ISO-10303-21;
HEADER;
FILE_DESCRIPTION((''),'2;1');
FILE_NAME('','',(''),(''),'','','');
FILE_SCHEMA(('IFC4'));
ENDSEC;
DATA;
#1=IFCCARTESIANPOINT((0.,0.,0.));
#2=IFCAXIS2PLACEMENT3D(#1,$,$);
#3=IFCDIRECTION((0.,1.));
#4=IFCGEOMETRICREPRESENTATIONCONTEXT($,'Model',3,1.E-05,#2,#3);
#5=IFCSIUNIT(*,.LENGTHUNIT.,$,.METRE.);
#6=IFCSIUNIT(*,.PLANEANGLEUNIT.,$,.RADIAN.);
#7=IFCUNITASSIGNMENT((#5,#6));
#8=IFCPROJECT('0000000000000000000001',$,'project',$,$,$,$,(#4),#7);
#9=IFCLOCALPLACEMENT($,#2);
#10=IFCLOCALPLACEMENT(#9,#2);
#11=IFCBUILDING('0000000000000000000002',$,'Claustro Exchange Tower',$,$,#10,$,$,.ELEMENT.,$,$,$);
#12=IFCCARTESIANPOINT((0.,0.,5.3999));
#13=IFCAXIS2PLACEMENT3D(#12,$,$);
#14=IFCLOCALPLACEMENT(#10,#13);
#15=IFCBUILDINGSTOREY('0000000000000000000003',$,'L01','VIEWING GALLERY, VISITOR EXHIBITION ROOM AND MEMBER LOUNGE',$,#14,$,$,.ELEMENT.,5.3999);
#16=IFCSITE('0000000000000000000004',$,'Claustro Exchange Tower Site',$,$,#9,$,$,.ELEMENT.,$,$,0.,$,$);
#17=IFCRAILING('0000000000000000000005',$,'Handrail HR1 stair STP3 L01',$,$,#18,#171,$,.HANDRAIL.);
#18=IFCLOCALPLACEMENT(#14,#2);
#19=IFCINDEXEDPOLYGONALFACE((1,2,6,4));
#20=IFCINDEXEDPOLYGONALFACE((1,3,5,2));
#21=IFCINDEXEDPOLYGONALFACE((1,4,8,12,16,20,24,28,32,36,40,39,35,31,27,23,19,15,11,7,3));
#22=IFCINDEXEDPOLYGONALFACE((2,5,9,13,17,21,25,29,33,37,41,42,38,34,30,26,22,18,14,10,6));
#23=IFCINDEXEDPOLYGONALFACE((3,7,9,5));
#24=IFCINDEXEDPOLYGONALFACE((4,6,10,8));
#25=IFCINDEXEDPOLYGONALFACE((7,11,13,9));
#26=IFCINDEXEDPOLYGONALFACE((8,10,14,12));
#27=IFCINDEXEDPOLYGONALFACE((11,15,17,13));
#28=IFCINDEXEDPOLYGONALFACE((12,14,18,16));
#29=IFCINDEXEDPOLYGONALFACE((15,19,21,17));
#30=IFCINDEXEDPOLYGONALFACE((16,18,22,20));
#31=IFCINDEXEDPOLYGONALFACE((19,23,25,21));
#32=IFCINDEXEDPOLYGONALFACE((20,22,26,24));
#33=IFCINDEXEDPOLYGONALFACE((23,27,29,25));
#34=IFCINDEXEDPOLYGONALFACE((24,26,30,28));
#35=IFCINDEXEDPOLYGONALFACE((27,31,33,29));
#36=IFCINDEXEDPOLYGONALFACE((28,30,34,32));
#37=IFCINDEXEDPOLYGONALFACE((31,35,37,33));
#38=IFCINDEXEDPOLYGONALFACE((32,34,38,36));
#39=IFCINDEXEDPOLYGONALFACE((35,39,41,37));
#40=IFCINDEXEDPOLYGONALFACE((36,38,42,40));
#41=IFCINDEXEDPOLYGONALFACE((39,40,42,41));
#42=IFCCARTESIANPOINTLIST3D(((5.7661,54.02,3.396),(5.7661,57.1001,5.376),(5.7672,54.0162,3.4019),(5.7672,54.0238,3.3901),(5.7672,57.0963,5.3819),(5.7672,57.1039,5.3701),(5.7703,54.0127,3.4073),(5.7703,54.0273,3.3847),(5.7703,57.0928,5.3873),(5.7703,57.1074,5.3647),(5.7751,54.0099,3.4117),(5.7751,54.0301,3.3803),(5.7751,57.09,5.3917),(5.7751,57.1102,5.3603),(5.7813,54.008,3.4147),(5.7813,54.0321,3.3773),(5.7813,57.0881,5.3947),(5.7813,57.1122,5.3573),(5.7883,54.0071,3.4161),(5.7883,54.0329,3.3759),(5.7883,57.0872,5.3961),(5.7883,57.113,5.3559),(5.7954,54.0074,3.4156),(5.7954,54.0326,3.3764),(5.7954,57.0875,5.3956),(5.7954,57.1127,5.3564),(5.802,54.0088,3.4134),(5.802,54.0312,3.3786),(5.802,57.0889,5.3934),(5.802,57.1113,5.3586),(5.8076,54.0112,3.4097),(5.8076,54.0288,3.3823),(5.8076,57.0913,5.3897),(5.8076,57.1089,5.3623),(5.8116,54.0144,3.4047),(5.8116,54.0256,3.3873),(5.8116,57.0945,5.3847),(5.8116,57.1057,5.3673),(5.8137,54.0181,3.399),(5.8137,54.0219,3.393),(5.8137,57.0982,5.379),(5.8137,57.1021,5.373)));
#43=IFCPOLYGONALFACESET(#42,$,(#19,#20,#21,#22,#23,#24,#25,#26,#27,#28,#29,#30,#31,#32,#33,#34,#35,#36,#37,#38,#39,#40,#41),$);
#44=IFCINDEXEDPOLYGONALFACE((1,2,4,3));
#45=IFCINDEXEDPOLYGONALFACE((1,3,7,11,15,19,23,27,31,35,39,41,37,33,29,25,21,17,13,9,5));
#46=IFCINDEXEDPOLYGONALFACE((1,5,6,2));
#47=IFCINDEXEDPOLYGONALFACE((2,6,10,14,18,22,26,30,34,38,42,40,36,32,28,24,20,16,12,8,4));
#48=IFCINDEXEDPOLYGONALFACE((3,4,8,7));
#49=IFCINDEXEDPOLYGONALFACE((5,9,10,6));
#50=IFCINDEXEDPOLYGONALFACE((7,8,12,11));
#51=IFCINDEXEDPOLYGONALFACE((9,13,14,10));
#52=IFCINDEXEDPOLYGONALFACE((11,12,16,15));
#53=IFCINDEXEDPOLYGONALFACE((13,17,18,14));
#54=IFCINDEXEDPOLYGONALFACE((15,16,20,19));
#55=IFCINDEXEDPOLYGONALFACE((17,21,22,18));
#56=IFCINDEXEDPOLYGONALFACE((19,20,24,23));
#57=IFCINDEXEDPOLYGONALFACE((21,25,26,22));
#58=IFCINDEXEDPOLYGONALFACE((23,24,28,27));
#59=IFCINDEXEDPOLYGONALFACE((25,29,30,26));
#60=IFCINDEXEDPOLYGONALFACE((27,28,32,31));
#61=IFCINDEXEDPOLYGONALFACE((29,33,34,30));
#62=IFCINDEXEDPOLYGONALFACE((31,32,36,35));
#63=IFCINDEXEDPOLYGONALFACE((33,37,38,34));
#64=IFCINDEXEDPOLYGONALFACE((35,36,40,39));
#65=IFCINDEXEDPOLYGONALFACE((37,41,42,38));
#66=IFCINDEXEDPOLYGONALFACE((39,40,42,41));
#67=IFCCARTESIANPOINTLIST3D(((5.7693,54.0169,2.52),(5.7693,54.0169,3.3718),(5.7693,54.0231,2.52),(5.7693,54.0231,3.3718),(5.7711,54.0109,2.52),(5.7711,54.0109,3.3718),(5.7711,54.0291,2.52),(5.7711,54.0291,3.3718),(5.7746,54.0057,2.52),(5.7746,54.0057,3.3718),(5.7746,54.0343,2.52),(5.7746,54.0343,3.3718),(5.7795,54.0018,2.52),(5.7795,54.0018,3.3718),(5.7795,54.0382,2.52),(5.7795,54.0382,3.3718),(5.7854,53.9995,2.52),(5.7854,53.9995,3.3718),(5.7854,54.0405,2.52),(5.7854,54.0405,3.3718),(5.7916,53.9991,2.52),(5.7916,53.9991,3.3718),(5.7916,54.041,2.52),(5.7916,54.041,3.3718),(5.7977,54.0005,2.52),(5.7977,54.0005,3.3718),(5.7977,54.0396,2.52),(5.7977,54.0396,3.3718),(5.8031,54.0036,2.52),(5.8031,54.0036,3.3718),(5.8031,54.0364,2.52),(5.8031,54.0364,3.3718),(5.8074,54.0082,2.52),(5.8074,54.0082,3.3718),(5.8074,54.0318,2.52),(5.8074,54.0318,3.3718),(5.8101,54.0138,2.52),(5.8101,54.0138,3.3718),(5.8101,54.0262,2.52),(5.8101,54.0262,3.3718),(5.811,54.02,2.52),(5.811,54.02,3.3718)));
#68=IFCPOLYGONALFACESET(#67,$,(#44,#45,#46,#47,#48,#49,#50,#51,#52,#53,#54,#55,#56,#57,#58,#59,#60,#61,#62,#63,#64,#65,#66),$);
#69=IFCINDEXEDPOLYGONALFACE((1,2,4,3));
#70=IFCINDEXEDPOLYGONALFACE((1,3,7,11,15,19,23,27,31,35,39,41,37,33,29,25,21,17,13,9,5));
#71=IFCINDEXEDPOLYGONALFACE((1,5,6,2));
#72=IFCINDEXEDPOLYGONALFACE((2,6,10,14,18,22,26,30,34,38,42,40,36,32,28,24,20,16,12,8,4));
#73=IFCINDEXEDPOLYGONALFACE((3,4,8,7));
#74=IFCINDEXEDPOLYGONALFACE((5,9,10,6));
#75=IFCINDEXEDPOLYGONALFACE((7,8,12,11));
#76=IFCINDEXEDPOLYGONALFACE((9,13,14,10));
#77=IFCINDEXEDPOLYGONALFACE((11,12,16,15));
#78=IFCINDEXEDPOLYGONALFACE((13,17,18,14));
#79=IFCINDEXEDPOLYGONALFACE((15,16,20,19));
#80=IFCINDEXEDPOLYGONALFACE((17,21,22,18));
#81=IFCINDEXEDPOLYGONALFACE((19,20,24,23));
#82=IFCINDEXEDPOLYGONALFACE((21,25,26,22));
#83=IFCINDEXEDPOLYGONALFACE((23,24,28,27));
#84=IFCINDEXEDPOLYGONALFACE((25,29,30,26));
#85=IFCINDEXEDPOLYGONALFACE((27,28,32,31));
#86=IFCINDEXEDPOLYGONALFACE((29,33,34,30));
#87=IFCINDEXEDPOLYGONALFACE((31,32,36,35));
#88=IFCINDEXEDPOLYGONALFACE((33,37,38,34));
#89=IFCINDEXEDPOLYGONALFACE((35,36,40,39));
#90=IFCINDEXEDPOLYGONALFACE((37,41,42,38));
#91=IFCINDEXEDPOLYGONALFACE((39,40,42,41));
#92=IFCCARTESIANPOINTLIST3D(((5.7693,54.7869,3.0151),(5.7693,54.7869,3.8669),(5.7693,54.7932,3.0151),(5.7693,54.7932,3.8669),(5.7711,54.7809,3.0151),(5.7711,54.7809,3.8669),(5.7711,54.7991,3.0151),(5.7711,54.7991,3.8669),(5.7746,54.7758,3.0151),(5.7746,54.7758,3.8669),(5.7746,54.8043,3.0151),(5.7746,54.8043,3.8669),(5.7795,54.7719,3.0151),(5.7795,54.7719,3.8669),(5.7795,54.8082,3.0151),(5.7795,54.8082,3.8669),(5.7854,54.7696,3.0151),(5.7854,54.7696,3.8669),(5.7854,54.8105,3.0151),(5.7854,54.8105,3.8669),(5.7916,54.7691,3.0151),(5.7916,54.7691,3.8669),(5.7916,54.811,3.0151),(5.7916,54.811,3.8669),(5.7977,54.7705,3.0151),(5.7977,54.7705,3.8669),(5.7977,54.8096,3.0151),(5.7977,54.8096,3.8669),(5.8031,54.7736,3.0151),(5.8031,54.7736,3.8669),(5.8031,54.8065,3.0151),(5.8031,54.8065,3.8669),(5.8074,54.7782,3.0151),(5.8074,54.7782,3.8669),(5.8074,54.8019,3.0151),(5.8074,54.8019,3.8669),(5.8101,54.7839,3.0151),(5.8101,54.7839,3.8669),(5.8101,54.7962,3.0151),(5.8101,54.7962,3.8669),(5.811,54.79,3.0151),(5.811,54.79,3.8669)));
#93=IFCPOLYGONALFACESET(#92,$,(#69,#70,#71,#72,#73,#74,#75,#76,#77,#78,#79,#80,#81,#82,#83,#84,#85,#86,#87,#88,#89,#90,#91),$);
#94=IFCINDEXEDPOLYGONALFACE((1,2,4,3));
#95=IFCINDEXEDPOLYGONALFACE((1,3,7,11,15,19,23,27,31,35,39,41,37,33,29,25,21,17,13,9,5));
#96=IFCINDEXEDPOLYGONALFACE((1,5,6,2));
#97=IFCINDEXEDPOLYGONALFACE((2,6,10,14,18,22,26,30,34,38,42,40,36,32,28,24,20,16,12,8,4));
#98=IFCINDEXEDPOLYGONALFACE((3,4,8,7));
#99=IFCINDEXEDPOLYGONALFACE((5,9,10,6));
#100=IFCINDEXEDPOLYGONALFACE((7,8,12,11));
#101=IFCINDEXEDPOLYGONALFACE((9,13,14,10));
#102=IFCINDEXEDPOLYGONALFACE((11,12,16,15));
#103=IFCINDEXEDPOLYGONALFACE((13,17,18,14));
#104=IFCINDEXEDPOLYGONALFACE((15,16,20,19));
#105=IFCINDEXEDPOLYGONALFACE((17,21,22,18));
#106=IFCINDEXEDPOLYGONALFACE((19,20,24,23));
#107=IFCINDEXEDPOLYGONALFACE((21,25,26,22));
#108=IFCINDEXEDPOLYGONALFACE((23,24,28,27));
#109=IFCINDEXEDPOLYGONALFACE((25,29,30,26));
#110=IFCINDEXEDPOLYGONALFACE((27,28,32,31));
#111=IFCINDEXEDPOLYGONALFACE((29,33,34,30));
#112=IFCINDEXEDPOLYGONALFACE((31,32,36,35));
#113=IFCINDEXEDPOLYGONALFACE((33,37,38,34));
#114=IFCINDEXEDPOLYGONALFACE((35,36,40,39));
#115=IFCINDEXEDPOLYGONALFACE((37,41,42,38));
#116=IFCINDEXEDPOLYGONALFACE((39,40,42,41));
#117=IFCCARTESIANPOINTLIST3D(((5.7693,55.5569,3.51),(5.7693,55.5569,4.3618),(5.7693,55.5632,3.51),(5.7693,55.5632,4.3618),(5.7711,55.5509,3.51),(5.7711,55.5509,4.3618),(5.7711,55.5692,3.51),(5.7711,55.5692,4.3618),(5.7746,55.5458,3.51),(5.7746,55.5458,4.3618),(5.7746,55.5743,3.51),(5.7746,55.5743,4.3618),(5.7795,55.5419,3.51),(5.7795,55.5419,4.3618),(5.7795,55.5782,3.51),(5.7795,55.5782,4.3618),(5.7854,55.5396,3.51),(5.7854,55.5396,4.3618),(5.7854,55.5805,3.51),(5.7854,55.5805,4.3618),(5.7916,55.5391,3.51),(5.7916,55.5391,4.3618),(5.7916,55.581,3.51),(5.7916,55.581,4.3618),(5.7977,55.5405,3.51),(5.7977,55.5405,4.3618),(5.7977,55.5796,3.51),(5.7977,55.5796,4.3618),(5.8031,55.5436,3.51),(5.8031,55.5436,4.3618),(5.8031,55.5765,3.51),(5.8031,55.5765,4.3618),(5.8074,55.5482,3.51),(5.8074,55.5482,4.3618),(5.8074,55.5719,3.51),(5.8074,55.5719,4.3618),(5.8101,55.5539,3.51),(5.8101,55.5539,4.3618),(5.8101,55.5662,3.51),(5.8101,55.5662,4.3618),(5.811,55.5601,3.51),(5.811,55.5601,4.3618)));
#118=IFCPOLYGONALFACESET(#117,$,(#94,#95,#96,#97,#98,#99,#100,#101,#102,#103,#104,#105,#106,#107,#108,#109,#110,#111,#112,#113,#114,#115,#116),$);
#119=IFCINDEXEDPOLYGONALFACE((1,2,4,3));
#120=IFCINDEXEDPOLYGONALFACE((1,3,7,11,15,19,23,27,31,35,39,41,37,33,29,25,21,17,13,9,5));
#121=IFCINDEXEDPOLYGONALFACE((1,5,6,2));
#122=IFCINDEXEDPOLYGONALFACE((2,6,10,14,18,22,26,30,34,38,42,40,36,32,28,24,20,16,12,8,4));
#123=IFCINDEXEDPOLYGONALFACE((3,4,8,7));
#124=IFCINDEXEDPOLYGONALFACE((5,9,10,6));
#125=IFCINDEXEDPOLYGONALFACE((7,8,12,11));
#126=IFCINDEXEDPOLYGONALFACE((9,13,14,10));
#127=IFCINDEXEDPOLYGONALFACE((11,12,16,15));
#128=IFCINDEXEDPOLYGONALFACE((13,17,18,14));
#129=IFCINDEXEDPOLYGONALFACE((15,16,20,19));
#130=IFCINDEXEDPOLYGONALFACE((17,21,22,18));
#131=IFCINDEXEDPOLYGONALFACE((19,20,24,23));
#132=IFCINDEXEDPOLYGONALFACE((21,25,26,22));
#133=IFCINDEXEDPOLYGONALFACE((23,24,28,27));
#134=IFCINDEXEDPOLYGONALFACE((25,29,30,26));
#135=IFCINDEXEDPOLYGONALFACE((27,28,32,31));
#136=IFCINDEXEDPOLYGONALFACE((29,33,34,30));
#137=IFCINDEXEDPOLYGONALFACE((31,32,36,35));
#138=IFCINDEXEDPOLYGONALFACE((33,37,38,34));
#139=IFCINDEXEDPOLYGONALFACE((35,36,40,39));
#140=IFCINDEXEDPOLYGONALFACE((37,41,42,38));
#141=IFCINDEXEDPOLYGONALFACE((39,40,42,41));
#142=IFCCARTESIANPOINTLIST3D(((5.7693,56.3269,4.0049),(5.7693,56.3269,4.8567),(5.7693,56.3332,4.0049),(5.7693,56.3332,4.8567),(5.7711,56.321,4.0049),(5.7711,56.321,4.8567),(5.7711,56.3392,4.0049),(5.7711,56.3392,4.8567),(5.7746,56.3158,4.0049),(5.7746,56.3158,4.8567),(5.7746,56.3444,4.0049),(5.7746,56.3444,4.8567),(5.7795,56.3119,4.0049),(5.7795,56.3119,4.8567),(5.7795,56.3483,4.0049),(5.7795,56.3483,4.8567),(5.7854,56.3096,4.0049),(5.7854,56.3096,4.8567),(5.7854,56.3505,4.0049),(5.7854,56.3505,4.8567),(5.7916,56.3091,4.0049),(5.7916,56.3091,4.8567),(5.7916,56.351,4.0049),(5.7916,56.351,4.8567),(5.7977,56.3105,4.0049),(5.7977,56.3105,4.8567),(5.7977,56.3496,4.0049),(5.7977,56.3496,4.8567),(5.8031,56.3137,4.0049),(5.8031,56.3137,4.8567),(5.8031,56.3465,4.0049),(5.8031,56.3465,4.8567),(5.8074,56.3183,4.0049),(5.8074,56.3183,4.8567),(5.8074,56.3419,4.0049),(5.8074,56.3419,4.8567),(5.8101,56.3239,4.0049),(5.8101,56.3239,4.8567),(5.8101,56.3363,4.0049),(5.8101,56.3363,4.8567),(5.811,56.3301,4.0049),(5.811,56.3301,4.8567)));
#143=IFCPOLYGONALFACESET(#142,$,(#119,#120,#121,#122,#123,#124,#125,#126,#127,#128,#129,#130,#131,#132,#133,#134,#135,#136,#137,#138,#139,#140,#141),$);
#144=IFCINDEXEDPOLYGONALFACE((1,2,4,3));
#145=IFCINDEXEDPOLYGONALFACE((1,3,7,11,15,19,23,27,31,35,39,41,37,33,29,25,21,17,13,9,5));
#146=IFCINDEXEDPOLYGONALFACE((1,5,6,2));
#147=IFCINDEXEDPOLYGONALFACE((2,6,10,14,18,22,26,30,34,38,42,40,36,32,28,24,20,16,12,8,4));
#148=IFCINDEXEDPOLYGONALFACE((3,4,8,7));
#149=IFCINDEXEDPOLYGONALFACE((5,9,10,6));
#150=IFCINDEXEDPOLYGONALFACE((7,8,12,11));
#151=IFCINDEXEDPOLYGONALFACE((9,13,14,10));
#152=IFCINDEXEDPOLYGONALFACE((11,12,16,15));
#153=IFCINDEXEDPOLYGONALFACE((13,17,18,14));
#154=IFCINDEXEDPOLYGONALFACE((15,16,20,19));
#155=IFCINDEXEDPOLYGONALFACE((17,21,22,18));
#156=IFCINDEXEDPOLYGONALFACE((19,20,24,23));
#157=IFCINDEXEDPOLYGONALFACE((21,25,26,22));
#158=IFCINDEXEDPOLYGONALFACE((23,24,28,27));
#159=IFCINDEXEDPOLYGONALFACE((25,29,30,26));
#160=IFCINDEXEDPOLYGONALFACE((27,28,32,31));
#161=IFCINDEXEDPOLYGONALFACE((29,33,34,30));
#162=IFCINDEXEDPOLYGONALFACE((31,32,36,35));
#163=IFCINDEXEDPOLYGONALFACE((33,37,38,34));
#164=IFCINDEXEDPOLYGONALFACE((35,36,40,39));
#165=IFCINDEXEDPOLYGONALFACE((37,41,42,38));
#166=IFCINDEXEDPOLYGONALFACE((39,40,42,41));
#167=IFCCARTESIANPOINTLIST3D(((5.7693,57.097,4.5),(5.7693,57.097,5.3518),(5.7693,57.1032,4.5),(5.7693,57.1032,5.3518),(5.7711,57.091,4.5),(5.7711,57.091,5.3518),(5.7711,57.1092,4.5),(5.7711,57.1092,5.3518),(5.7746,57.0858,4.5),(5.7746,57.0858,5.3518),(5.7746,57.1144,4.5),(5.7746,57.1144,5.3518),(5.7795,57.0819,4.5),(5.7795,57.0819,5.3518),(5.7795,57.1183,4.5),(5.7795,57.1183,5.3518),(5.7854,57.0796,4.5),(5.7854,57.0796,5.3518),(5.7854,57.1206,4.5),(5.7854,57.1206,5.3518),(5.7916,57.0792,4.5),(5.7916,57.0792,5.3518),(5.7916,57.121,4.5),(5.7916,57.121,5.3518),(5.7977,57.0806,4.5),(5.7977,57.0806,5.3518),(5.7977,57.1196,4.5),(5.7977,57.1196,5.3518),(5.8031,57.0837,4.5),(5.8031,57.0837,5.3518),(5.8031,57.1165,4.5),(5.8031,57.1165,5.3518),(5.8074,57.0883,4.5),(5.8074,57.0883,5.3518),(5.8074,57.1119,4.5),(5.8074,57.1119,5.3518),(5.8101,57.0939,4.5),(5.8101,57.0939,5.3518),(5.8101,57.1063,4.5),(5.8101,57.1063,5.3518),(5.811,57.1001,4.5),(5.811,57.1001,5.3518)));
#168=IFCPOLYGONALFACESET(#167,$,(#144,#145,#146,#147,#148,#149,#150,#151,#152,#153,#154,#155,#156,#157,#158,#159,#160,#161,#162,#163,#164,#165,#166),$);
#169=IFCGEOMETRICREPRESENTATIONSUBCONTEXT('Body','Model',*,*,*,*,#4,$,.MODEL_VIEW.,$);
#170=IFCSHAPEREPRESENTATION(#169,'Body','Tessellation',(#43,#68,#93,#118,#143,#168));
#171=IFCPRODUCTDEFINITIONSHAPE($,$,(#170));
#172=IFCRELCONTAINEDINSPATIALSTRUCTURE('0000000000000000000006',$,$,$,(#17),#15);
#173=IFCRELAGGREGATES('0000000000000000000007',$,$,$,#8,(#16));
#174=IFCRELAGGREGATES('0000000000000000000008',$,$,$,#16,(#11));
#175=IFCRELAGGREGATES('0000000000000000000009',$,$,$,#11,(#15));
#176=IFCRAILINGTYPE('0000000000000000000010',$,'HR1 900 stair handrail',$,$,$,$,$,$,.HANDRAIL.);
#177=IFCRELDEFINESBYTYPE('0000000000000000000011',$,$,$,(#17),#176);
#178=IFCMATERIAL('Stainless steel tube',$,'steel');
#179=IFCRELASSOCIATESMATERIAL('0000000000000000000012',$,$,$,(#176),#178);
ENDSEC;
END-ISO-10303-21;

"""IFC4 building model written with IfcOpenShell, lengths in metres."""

from ifc_helpers import new_model, si_unit, direction, frame, origin, origin_2d, place, context, subcontext, project, spatial, circle, extrude, material, type_object, element, save


model = new_model("IFC4")

# Units and contexts
model_context = context("Model", 3, precision=1e-05, world=origin(), true_north=direction((0.0, 1.0)))
body_context = subcontext(model_context, "Body", "Model", "MODEL_VIEW")
ifc_project = project(units=[si_unit("LENGTHUNIT", "METRE"), si_unit("PLANEANGLEUNIT", "RADIAN")], contexts=[model_context])

# Site, building, storey
site_placement = place(None, origin())
site = spatial("IfcSite", under=ifc_project, at=site_placement, Name="Claustro Exchange Tower Site", CompositionType="ELEMENT", RefElevation=0.0)
building_placement = place(site_placement, origin())
building = spatial("IfcBuilding", under=site, at=building_placement, Name="Claustro Exchange Tower", CompositionType="ELEMENT")
storey_placement = place(building_placement, frame((0.0, 0.0, 5.3999)))
storey = spatial("IfcBuildingStorey", under=building, at=storey_placement, Name="L01", Description="VIEWING GALLERY, VISITOR EXHIBITION ROOM AND MEMBER LOUNGE", CompositionType="ELEMENT", Elevation=5.3999)

# Railing
ifc_material_1 = material(Name="Stainless steel tube", Category="steel")
railing_type_1 = type_object("IfcRailingType", Name="HR1 900 stair handrail", PredefinedType="HANDRAIL", material=ifc_material_1)
railing_1_placement = place(storey_placement, frame((5.79, 54.02, 2.52)))
element("IfcRailing", 1, at=railing_1_placement, inside=storey, type_object=railing_type_1, Name="Handrail HR1 stair STP3 L01", PredefinedType="HANDRAIL", context=body_context, shape_type="SweptSolid", body=[
    extrude(circle(Radius=0.0239, at=origin_2d()), frame((0.0, 0.0, 0.876), z_axis=(0.0, 0.841187, 0.540744), x_axis=(-1.0, 0.0, 0.0)), (0.0, 0.0, 1.0), 3.6616),
    extrude(circle(Radius=0.021, at=origin_2d()), origin(), (0.0, 0.0, 1.0), 0.8518),
    extrude(circle(Radius=0.021, at=origin_2d()), frame((0.0, 0.77, 0.4951)), (0.0, 0.0, 1.0), 0.8518),
    extrude(circle(Radius=0.021, at=origin_2d()), frame((0.0, 1.54, 0.99)), (0.0, 0.0, 1.0), 0.8518),
    extrude(circle(Radius=0.021, at=origin_2d()), frame((0.0, 2.3101, 1.4849)), (0.0, 0.0, 1.0), 0.8518),
    extrude(circle(Radius=0.021, at=origin_2d()), frame((0.0, 3.0801, 1.98)), (0.0, 0.0, 1.0), 0.8518),
])

save(model, "model.ifc")
